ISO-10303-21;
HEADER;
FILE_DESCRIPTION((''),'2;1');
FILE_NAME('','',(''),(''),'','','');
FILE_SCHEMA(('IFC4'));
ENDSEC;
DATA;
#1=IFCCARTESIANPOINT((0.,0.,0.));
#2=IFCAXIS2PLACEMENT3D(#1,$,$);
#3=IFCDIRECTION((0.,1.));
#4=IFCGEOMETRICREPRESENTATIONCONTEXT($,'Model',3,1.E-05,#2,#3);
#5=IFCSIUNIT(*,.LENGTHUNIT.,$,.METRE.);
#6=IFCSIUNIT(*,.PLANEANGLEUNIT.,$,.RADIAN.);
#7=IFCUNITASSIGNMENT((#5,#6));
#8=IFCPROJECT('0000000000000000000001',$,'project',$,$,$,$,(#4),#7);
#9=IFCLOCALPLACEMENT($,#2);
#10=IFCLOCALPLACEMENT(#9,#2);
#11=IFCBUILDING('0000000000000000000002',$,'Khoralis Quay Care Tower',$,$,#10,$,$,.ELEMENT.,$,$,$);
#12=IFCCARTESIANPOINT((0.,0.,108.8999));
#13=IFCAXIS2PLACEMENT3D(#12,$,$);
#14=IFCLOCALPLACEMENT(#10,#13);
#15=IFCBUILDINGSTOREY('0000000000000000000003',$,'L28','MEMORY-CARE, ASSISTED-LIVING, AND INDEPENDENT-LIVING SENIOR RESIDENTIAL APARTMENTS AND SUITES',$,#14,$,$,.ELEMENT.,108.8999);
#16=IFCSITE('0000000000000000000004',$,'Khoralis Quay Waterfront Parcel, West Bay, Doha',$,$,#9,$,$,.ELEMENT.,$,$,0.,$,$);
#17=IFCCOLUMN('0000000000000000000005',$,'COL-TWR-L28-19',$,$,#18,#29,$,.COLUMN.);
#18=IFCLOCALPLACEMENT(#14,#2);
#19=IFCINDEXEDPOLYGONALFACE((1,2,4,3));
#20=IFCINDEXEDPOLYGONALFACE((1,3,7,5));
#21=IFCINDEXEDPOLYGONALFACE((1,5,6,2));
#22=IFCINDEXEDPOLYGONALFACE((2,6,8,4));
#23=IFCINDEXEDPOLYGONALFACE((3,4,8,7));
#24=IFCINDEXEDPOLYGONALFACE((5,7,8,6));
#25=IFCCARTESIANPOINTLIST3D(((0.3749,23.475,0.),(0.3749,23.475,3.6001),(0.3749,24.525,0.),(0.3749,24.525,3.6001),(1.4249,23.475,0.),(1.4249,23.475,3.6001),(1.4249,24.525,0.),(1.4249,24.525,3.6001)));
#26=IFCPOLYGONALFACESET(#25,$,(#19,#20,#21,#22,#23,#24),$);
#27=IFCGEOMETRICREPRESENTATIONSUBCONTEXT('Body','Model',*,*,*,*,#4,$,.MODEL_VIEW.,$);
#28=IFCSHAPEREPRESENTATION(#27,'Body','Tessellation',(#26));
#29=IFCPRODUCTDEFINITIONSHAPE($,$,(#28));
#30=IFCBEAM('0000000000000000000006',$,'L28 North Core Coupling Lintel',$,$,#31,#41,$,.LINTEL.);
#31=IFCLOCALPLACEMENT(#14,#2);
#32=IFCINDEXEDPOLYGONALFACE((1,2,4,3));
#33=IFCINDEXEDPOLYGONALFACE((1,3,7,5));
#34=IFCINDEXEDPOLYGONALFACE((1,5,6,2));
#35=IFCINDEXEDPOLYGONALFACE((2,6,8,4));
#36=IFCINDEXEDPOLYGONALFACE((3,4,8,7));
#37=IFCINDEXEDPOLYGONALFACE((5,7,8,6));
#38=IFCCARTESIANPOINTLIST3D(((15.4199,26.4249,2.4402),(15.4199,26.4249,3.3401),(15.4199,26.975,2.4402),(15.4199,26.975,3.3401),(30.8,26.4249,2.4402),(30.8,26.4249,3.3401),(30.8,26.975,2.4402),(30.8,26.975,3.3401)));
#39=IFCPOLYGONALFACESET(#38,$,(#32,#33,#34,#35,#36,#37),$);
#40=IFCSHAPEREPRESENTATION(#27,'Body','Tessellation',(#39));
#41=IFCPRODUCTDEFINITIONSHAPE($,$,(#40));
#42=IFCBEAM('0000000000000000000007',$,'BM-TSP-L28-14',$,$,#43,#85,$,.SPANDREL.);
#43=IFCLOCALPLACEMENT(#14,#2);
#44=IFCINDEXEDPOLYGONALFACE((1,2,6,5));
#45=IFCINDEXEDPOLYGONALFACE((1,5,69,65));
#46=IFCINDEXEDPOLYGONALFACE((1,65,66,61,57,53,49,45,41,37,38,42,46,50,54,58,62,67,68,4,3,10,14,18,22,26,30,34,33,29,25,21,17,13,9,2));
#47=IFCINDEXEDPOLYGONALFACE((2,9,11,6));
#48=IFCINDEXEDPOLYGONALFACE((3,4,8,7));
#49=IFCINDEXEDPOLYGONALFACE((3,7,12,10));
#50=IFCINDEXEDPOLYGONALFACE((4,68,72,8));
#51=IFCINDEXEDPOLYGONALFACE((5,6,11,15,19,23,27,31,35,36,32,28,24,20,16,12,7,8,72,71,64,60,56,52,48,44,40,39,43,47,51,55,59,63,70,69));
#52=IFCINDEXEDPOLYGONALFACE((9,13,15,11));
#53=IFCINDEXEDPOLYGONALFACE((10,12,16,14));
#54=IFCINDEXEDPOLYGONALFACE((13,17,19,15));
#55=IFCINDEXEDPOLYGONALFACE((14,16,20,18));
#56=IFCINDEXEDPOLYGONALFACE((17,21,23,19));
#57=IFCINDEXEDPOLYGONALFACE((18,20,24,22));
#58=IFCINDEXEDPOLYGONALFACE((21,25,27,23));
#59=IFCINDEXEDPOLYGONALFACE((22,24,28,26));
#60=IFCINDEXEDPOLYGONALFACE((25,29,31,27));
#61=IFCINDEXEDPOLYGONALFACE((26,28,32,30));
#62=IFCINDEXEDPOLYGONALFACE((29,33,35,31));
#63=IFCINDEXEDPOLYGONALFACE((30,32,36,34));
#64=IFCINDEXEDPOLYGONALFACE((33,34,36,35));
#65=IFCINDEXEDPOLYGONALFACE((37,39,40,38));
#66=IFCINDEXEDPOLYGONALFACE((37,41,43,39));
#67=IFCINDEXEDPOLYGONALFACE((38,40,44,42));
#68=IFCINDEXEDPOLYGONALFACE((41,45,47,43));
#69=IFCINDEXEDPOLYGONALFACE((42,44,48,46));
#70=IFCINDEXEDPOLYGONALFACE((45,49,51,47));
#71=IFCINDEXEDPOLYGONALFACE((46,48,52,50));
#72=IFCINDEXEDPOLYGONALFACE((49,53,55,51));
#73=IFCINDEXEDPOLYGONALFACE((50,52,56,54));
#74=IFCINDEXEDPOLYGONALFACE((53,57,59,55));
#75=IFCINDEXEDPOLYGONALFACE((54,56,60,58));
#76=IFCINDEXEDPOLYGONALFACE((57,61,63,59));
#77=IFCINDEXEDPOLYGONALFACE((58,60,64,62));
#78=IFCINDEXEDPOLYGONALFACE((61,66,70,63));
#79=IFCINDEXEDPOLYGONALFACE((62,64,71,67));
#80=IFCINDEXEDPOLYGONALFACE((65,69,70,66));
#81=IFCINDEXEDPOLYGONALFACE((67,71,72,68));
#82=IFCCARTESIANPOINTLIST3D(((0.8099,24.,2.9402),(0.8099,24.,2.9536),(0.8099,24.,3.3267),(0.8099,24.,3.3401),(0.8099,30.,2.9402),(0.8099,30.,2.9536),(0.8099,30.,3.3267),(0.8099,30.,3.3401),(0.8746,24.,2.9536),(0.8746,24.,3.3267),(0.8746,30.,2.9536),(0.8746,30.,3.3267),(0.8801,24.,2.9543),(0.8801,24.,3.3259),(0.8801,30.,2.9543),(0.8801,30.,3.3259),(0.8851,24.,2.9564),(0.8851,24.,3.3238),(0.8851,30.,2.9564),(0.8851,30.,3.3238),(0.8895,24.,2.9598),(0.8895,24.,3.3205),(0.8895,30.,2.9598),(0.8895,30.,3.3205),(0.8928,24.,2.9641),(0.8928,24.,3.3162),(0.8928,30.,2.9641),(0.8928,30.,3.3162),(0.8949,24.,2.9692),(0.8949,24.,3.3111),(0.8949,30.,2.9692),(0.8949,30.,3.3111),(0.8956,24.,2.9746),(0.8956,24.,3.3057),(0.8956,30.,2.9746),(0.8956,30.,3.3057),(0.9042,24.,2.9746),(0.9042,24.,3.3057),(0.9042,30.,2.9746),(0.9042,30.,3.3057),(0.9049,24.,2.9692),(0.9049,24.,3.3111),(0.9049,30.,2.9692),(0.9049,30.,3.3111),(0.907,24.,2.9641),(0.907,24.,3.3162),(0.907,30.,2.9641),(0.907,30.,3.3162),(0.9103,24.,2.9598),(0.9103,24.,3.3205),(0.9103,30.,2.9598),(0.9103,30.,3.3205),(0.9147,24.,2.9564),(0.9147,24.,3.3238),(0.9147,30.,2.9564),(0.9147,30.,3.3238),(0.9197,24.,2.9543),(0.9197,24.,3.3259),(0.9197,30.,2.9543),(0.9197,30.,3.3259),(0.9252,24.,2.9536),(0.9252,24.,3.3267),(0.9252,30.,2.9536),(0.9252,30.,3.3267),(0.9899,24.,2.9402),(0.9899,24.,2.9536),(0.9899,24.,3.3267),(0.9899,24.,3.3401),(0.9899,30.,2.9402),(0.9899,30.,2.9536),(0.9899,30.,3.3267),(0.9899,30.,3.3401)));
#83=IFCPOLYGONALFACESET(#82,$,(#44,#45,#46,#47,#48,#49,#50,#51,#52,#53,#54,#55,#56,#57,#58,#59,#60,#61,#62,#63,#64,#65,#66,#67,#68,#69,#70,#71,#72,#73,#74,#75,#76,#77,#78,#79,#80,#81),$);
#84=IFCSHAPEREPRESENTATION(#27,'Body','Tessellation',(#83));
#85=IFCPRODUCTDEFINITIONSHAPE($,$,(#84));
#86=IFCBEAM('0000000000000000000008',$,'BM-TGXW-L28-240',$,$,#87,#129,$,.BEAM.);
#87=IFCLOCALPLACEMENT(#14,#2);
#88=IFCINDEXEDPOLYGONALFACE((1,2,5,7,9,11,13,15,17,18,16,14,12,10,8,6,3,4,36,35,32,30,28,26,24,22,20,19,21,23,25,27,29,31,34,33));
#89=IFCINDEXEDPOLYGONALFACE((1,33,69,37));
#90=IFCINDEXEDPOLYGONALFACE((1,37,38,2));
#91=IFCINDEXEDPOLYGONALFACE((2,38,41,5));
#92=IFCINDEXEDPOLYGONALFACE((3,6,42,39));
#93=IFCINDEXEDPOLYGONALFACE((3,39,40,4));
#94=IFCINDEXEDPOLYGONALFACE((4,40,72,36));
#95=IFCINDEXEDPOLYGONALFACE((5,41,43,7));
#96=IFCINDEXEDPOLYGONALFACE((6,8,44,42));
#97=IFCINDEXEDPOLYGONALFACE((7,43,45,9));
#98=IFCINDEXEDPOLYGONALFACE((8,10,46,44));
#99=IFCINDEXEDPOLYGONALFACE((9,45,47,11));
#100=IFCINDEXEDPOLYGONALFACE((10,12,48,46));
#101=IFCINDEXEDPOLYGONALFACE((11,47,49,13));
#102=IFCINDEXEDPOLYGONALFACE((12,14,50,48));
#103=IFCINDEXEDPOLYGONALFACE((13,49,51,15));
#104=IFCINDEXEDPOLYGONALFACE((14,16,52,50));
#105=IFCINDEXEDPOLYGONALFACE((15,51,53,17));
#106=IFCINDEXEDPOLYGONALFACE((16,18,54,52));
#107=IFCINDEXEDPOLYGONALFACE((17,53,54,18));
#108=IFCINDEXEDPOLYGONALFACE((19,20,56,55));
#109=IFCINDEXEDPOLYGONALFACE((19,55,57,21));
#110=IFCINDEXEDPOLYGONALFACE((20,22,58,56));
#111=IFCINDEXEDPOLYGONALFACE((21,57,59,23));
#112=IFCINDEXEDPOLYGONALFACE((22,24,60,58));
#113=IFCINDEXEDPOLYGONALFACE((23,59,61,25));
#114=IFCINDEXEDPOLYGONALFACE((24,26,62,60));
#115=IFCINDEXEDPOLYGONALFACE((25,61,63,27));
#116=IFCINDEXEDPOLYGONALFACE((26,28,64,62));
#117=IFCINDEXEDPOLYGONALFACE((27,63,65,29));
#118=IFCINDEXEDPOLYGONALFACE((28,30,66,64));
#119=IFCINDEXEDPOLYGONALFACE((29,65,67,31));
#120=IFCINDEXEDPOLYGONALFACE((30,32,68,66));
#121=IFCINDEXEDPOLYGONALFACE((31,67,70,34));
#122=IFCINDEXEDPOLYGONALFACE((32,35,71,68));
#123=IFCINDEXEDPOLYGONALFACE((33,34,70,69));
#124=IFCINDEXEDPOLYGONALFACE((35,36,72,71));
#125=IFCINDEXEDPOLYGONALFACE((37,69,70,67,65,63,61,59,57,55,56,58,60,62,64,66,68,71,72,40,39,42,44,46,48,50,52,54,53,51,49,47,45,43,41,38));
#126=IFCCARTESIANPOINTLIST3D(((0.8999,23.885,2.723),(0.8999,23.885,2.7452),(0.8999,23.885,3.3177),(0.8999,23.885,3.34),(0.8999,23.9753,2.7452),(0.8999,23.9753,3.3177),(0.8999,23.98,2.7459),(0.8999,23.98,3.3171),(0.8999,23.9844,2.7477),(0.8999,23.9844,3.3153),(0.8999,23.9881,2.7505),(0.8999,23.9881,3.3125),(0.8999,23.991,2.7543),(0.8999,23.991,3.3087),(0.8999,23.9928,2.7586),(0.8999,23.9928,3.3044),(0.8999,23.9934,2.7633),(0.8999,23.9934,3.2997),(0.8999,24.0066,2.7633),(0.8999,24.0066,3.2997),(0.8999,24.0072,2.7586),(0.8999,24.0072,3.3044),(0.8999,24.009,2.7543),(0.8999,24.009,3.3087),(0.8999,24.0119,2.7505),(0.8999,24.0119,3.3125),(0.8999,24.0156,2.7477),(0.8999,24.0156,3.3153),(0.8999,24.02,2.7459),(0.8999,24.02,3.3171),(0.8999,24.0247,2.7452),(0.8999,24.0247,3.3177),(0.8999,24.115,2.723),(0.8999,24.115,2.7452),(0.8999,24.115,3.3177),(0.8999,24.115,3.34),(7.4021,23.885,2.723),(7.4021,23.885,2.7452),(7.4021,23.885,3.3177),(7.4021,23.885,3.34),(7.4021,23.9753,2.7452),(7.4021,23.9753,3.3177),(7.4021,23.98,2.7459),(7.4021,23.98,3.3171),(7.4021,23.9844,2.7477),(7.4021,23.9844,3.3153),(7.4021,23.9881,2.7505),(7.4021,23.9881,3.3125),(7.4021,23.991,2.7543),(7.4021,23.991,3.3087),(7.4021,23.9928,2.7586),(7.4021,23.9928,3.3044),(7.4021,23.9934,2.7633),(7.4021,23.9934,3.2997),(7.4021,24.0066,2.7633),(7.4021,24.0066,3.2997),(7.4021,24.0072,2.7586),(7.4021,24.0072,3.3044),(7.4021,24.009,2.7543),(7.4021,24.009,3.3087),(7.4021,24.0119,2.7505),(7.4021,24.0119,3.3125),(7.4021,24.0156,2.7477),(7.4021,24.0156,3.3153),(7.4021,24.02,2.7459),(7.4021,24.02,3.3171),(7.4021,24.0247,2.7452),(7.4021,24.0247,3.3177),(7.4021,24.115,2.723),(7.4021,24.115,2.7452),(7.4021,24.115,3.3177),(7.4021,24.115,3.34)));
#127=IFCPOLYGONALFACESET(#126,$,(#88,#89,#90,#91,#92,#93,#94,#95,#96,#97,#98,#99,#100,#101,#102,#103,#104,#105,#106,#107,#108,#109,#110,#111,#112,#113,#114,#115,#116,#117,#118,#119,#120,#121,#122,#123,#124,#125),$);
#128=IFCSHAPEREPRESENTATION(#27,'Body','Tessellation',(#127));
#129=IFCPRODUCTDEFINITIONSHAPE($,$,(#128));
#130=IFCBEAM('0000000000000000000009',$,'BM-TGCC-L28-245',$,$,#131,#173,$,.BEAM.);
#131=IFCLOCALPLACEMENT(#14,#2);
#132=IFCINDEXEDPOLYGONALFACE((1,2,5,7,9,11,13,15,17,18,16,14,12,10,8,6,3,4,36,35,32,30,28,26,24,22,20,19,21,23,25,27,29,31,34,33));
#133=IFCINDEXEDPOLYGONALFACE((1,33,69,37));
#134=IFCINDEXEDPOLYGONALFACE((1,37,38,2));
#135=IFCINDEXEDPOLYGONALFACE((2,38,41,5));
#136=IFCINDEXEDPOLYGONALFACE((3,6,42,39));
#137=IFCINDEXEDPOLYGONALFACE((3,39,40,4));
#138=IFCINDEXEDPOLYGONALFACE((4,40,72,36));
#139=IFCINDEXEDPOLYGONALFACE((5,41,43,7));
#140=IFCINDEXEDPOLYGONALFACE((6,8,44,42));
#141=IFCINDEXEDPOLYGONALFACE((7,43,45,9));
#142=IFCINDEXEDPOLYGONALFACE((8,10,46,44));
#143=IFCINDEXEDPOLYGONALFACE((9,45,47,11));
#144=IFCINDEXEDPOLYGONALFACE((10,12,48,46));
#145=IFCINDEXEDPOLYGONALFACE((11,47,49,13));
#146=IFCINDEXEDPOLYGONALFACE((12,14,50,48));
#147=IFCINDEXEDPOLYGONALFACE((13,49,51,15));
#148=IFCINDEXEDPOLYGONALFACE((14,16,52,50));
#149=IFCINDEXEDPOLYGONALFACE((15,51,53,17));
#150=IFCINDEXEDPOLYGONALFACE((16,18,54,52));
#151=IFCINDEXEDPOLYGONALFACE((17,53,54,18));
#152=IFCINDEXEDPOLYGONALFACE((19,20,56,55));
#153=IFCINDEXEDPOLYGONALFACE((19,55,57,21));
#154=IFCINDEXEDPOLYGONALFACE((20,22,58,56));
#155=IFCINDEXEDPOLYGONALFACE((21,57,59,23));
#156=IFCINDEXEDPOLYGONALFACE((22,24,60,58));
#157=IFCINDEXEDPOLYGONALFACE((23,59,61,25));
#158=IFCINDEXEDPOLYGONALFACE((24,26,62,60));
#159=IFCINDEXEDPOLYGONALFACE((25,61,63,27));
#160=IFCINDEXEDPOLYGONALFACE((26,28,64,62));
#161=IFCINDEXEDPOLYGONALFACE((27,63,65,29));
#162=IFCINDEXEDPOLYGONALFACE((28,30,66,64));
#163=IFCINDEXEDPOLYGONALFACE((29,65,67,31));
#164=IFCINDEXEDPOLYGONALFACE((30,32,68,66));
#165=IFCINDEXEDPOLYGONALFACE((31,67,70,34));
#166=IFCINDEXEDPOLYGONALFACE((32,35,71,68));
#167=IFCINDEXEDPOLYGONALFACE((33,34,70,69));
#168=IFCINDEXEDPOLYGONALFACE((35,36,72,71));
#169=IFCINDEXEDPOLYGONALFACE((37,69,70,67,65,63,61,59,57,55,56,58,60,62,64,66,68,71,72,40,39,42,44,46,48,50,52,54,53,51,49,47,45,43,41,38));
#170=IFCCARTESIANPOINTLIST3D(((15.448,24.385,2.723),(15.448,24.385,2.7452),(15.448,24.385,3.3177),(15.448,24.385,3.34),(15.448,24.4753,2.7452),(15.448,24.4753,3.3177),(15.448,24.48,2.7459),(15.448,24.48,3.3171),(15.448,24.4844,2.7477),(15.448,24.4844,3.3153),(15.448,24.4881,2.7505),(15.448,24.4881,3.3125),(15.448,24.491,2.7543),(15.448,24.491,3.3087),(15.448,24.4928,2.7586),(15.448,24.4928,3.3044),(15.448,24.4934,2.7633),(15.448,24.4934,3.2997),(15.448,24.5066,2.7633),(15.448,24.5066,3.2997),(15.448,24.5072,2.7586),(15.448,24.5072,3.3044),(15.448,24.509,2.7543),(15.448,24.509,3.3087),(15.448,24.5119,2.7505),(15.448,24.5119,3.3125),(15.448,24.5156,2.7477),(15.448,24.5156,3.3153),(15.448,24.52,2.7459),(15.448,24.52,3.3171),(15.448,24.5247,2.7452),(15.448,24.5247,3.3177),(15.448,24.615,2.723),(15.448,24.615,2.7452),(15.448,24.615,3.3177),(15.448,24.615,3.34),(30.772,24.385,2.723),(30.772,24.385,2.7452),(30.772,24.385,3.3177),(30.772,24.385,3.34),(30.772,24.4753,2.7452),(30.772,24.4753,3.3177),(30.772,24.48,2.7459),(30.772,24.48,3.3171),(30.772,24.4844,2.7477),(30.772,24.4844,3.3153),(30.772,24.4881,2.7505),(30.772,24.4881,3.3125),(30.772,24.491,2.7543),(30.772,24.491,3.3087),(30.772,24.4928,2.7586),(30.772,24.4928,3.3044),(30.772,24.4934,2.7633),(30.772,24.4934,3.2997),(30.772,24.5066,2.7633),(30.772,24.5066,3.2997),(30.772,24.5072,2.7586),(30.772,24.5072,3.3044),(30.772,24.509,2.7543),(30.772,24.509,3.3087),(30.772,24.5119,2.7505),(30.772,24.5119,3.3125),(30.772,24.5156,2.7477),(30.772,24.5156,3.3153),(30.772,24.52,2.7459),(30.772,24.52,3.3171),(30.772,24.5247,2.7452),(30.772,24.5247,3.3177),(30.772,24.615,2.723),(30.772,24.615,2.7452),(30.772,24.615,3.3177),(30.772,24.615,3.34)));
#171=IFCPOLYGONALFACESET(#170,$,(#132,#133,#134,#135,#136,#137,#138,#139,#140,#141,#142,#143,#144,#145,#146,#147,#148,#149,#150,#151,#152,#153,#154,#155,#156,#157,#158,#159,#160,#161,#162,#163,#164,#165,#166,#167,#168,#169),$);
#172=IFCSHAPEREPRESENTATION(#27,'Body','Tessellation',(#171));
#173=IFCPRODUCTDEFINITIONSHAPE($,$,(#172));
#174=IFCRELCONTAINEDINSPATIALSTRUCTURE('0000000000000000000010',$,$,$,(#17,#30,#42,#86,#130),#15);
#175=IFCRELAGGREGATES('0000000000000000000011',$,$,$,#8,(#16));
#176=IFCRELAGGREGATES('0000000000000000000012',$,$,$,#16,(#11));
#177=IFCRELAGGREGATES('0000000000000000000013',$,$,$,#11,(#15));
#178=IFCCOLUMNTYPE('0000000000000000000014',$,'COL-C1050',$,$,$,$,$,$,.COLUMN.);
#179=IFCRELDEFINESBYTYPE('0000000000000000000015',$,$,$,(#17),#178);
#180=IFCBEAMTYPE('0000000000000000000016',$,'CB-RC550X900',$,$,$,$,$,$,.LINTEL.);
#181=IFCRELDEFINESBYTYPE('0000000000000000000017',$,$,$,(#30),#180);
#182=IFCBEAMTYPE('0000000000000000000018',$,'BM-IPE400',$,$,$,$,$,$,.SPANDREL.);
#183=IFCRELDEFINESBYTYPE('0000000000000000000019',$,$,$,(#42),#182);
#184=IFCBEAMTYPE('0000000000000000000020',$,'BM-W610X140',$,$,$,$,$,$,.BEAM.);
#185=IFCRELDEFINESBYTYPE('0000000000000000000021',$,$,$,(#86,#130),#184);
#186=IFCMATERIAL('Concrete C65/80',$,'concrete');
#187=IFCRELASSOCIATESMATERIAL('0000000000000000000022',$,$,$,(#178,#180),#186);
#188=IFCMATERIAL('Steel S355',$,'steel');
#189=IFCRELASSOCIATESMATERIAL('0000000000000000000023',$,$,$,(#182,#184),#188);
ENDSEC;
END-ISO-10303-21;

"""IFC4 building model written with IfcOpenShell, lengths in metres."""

from ifc_helpers import new_model, si_unit, direction, frame, origin, origin_2d, place, context, subcontext, project, spatial, rectangle, i_section, extrude, source, transform, mapped, material, material_profile, profile_set, type_object, element, save


model = new_model("IFC4")

# Units and contexts
model_context = context("Model", 3, precision=1e-05, world=origin(), true_north=direction((0.0, 1.0)))
body_context = subcontext(model_context, "Body", "Model", "MODEL_VIEW")
ifc_project = project(units=[si_unit("LENGTHUNIT", "METRE"), si_unit("PLANEANGLEUNIT", "RADIAN")], contexts=[model_context])

# Site, building, storey
site_placement = place(None, origin())
site = spatial("IfcSite", under=ifc_project, at=site_placement, Name="Khoralis Quay Waterfront Parcel, West Bay, Doha", CompositionType="ELEMENT", RefElevation=0.0)
building_placement = place(site_placement, origin())
building = spatial("IfcBuilding", under=site, at=building_placement, Name="Khoralis Quay Care Tower", CompositionType="ELEMENT")
storey_placement = place(building_placement, frame((0.0, 0.0, 108.8999)))
storey = spatial("IfcBuildingStorey", under=building, at=storey_placement, Name="L28", Description="MEMORY-CARE, ASSISTED-LIVING, AND INDEPENDENT-LIVING SENIOR RESIDENTIAL APARTMENTS AND SUITES", CompositionType="ELEMENT", Elevation=108.8999)

# Column
ifc_material_1 = material(Name="Concrete C65/80", Category="concrete")
ifc_material_profile_1 = material_profile(ifc_material_1, rectangle(XDim=1.05, YDim=1.05, at=origin_2d()), Name="Concrete C65/80")
ifc_profile_set_1 = profile_set([ifc_material_profile_1], Name="Concrete C65/80")
column_type = type_object("IfcColumnType", Name="COL-C1050", PredefinedType="COLUMN", material=ifc_profile_set_1)
shared_shape_1 = source(origin(), body_context, "Body", "SweptSolid", [
    extrude(rectangle(XDim=1.05, YDim=1.05, at=origin_2d()), origin(), (0.0, 0.0, 1.0), 3.6001),
])
column_placement = place(storey_placement, frame((0.8999, 24.0, 0.0), z_axis=(0.0, 0.0, 1.0), x_axis=(1.0, 0.0, 0.0)))
element("IfcColumn", 1, at=column_placement, inside=storey, type_object=column_type, Name="COL-TWR-L28-19", PredefinedType="COLUMN", context=body_context, shape_type="MappedRepresentation", body=[
    mapped(shared_shape_1, transform((0.0, 0.0, 0.0), scale=1.0)),
])

# Beams
ifc_material_profile_2 = material_profile(ifc_material_1, rectangle(XDim=0.55, YDim=0.8999, at=origin_2d()), Name="Concrete C65/80")
ifc_profile_set_2 = profile_set([ifc_material_profile_2], Name="Concrete C65/80")
beam_type_1 = type_object("IfcBeamType", Name="CB-RC550X900", PredefinedType="LINTEL", material=ifc_profile_set_2)
shared_shape_2 = source(origin(), body_context, "Body", "SweptSolid", [
    extrude(rectangle(XDim=0.55, YDim=0.8999, at=origin_2d()), origin(), (0.0, 0.0, 1.0), 15.3801),
])
beam_1_placement = place(storey_placement, frame((15.4199, 26.7, 2.8901), z_axis=(1.0, 0.0, 0.0), x_axis=(0.0, 1.0, 0.0)))
element("IfcBeam", 2, at=beam_1_placement, inside=storey, type_object=beam_type_1, Name="L28 North Core Coupling Lintel", PredefinedType="LINTEL", context=body_context, shape_type="MappedRepresentation", body=[
    mapped(shared_shape_2, transform((0.0, 0.0, 0.0), scale=1.0)),
])
ifc_material_2 = material(Name="Steel S355", Category="steel")
ifc_material_profile_3 = material_profile(ifc_material_2, i_section(OverallWidth=0.1799, OverallDepth=0.3999, WebThickness=0.0085, FlangeThickness=0.0134, FilletRadius=0.021, at=origin_2d()), Name="Steel S355")
ifc_profile_set_3 = profile_set([ifc_material_profile_3], Name="Steel S355")
beam_type_2 = type_object("IfcBeamType", Name="BM-IPE400", PredefinedType="SPANDREL", material=ifc_profile_set_3)
shared_shape_3 = source(origin(), body_context, "Body", "SweptSolid", [
    extrude(i_section(OverallWidth=0.1799, OverallDepth=0.3999, WebThickness=0.0085, FlangeThickness=0.0134, FilletRadius=0.021, at=origin_2d()), origin(), (0.0, 0.0, 1.0), 6.0),
])
beam_2_placement = place(storey_placement, frame((0.8999, 24.0, 3.1401), z_axis=(0.0, 1.0, 0.0), x_axis=(-1.0, 0.0, 0.0)))
element("IfcBeam", 3, at=beam_2_placement, inside=storey, type_object=beam_type_2, Name="BM-TSP-L28-14", PredefinedType="SPANDREL", context=body_context, shape_type="MappedRepresentation", body=[
    mapped(shared_shape_3, transform((0.0, 0.0, 0.0), scale=1.0)),
])
ifc_material_profile_4 = material_profile(ifc_material_2, i_section(OverallWidth=0.23, OverallDepth=0.6169, WebThickness=0.0132, FlangeThickness=0.0222, FilletRadius=0.0181, at=origin_2d()), Name="Steel S355")
ifc_profile_set_4 = profile_set([ifc_material_profile_4], Name="Steel S355")
beam_type_3 = type_object("IfcBeamType", Name="BM-W610X140", PredefinedType="BEAM", material=ifc_profile_set_4)
shared_shape_4 = source(origin(), body_context, "Body", "SweptSolid", [
    extrude(i_section(OverallWidth=0.23, OverallDepth=0.6169, WebThickness=0.0132, FlangeThickness=0.0222, FilletRadius=0.0181, at=origin_2d()), origin(), (0.0, 0.0, 1.0), 6.5022),
])
beam_3_placement = place(storey_placement, frame((0.8999, 24.0, 3.0315), z_axis=(1.0, 0.0, 0.0), x_axis=(0.0, 1.0, 0.0)))
element("IfcBeam", 4, at=beam_3_placement, inside=storey, type_object=beam_type_3, Name="BM-TGXW-L28-240", PredefinedType="BEAM", context=body_context, shape_type="MappedRepresentation", body=[
    mapped(shared_shape_4, transform((0.0, 0.0, 0.0), scale=1.0)),
])
shared_shape_5 = source(origin(), body_context, "Body", "SweptSolid", [
    extrude(i_section(OverallWidth=0.23, OverallDepth=0.6169, WebThickness=0.0132, FlangeThickness=0.0222, FilletRadius=0.0181, at=origin_2d()), origin(), (0.0, 0.0, 1.0), 15.324),
])
beam_4_placement = place(storey_placement, frame((15.448, 24.5, 3.0315), z_axis=(1.0, 0.0, 0.0), x_axis=(0.0, 1.0, 0.0)))
element("IfcBeam", 5, at=beam_4_placement, inside=storey, type_object=beam_type_3, Name="BM-TGCC-L28-245", PredefinedType="BEAM", context=body_context, shape_type="MappedRepresentation", body=[
    mapped(shared_shape_5, transform((0.0, 0.0, 0.0), scale=1.0)),
])

save(model, "model.ifc")
